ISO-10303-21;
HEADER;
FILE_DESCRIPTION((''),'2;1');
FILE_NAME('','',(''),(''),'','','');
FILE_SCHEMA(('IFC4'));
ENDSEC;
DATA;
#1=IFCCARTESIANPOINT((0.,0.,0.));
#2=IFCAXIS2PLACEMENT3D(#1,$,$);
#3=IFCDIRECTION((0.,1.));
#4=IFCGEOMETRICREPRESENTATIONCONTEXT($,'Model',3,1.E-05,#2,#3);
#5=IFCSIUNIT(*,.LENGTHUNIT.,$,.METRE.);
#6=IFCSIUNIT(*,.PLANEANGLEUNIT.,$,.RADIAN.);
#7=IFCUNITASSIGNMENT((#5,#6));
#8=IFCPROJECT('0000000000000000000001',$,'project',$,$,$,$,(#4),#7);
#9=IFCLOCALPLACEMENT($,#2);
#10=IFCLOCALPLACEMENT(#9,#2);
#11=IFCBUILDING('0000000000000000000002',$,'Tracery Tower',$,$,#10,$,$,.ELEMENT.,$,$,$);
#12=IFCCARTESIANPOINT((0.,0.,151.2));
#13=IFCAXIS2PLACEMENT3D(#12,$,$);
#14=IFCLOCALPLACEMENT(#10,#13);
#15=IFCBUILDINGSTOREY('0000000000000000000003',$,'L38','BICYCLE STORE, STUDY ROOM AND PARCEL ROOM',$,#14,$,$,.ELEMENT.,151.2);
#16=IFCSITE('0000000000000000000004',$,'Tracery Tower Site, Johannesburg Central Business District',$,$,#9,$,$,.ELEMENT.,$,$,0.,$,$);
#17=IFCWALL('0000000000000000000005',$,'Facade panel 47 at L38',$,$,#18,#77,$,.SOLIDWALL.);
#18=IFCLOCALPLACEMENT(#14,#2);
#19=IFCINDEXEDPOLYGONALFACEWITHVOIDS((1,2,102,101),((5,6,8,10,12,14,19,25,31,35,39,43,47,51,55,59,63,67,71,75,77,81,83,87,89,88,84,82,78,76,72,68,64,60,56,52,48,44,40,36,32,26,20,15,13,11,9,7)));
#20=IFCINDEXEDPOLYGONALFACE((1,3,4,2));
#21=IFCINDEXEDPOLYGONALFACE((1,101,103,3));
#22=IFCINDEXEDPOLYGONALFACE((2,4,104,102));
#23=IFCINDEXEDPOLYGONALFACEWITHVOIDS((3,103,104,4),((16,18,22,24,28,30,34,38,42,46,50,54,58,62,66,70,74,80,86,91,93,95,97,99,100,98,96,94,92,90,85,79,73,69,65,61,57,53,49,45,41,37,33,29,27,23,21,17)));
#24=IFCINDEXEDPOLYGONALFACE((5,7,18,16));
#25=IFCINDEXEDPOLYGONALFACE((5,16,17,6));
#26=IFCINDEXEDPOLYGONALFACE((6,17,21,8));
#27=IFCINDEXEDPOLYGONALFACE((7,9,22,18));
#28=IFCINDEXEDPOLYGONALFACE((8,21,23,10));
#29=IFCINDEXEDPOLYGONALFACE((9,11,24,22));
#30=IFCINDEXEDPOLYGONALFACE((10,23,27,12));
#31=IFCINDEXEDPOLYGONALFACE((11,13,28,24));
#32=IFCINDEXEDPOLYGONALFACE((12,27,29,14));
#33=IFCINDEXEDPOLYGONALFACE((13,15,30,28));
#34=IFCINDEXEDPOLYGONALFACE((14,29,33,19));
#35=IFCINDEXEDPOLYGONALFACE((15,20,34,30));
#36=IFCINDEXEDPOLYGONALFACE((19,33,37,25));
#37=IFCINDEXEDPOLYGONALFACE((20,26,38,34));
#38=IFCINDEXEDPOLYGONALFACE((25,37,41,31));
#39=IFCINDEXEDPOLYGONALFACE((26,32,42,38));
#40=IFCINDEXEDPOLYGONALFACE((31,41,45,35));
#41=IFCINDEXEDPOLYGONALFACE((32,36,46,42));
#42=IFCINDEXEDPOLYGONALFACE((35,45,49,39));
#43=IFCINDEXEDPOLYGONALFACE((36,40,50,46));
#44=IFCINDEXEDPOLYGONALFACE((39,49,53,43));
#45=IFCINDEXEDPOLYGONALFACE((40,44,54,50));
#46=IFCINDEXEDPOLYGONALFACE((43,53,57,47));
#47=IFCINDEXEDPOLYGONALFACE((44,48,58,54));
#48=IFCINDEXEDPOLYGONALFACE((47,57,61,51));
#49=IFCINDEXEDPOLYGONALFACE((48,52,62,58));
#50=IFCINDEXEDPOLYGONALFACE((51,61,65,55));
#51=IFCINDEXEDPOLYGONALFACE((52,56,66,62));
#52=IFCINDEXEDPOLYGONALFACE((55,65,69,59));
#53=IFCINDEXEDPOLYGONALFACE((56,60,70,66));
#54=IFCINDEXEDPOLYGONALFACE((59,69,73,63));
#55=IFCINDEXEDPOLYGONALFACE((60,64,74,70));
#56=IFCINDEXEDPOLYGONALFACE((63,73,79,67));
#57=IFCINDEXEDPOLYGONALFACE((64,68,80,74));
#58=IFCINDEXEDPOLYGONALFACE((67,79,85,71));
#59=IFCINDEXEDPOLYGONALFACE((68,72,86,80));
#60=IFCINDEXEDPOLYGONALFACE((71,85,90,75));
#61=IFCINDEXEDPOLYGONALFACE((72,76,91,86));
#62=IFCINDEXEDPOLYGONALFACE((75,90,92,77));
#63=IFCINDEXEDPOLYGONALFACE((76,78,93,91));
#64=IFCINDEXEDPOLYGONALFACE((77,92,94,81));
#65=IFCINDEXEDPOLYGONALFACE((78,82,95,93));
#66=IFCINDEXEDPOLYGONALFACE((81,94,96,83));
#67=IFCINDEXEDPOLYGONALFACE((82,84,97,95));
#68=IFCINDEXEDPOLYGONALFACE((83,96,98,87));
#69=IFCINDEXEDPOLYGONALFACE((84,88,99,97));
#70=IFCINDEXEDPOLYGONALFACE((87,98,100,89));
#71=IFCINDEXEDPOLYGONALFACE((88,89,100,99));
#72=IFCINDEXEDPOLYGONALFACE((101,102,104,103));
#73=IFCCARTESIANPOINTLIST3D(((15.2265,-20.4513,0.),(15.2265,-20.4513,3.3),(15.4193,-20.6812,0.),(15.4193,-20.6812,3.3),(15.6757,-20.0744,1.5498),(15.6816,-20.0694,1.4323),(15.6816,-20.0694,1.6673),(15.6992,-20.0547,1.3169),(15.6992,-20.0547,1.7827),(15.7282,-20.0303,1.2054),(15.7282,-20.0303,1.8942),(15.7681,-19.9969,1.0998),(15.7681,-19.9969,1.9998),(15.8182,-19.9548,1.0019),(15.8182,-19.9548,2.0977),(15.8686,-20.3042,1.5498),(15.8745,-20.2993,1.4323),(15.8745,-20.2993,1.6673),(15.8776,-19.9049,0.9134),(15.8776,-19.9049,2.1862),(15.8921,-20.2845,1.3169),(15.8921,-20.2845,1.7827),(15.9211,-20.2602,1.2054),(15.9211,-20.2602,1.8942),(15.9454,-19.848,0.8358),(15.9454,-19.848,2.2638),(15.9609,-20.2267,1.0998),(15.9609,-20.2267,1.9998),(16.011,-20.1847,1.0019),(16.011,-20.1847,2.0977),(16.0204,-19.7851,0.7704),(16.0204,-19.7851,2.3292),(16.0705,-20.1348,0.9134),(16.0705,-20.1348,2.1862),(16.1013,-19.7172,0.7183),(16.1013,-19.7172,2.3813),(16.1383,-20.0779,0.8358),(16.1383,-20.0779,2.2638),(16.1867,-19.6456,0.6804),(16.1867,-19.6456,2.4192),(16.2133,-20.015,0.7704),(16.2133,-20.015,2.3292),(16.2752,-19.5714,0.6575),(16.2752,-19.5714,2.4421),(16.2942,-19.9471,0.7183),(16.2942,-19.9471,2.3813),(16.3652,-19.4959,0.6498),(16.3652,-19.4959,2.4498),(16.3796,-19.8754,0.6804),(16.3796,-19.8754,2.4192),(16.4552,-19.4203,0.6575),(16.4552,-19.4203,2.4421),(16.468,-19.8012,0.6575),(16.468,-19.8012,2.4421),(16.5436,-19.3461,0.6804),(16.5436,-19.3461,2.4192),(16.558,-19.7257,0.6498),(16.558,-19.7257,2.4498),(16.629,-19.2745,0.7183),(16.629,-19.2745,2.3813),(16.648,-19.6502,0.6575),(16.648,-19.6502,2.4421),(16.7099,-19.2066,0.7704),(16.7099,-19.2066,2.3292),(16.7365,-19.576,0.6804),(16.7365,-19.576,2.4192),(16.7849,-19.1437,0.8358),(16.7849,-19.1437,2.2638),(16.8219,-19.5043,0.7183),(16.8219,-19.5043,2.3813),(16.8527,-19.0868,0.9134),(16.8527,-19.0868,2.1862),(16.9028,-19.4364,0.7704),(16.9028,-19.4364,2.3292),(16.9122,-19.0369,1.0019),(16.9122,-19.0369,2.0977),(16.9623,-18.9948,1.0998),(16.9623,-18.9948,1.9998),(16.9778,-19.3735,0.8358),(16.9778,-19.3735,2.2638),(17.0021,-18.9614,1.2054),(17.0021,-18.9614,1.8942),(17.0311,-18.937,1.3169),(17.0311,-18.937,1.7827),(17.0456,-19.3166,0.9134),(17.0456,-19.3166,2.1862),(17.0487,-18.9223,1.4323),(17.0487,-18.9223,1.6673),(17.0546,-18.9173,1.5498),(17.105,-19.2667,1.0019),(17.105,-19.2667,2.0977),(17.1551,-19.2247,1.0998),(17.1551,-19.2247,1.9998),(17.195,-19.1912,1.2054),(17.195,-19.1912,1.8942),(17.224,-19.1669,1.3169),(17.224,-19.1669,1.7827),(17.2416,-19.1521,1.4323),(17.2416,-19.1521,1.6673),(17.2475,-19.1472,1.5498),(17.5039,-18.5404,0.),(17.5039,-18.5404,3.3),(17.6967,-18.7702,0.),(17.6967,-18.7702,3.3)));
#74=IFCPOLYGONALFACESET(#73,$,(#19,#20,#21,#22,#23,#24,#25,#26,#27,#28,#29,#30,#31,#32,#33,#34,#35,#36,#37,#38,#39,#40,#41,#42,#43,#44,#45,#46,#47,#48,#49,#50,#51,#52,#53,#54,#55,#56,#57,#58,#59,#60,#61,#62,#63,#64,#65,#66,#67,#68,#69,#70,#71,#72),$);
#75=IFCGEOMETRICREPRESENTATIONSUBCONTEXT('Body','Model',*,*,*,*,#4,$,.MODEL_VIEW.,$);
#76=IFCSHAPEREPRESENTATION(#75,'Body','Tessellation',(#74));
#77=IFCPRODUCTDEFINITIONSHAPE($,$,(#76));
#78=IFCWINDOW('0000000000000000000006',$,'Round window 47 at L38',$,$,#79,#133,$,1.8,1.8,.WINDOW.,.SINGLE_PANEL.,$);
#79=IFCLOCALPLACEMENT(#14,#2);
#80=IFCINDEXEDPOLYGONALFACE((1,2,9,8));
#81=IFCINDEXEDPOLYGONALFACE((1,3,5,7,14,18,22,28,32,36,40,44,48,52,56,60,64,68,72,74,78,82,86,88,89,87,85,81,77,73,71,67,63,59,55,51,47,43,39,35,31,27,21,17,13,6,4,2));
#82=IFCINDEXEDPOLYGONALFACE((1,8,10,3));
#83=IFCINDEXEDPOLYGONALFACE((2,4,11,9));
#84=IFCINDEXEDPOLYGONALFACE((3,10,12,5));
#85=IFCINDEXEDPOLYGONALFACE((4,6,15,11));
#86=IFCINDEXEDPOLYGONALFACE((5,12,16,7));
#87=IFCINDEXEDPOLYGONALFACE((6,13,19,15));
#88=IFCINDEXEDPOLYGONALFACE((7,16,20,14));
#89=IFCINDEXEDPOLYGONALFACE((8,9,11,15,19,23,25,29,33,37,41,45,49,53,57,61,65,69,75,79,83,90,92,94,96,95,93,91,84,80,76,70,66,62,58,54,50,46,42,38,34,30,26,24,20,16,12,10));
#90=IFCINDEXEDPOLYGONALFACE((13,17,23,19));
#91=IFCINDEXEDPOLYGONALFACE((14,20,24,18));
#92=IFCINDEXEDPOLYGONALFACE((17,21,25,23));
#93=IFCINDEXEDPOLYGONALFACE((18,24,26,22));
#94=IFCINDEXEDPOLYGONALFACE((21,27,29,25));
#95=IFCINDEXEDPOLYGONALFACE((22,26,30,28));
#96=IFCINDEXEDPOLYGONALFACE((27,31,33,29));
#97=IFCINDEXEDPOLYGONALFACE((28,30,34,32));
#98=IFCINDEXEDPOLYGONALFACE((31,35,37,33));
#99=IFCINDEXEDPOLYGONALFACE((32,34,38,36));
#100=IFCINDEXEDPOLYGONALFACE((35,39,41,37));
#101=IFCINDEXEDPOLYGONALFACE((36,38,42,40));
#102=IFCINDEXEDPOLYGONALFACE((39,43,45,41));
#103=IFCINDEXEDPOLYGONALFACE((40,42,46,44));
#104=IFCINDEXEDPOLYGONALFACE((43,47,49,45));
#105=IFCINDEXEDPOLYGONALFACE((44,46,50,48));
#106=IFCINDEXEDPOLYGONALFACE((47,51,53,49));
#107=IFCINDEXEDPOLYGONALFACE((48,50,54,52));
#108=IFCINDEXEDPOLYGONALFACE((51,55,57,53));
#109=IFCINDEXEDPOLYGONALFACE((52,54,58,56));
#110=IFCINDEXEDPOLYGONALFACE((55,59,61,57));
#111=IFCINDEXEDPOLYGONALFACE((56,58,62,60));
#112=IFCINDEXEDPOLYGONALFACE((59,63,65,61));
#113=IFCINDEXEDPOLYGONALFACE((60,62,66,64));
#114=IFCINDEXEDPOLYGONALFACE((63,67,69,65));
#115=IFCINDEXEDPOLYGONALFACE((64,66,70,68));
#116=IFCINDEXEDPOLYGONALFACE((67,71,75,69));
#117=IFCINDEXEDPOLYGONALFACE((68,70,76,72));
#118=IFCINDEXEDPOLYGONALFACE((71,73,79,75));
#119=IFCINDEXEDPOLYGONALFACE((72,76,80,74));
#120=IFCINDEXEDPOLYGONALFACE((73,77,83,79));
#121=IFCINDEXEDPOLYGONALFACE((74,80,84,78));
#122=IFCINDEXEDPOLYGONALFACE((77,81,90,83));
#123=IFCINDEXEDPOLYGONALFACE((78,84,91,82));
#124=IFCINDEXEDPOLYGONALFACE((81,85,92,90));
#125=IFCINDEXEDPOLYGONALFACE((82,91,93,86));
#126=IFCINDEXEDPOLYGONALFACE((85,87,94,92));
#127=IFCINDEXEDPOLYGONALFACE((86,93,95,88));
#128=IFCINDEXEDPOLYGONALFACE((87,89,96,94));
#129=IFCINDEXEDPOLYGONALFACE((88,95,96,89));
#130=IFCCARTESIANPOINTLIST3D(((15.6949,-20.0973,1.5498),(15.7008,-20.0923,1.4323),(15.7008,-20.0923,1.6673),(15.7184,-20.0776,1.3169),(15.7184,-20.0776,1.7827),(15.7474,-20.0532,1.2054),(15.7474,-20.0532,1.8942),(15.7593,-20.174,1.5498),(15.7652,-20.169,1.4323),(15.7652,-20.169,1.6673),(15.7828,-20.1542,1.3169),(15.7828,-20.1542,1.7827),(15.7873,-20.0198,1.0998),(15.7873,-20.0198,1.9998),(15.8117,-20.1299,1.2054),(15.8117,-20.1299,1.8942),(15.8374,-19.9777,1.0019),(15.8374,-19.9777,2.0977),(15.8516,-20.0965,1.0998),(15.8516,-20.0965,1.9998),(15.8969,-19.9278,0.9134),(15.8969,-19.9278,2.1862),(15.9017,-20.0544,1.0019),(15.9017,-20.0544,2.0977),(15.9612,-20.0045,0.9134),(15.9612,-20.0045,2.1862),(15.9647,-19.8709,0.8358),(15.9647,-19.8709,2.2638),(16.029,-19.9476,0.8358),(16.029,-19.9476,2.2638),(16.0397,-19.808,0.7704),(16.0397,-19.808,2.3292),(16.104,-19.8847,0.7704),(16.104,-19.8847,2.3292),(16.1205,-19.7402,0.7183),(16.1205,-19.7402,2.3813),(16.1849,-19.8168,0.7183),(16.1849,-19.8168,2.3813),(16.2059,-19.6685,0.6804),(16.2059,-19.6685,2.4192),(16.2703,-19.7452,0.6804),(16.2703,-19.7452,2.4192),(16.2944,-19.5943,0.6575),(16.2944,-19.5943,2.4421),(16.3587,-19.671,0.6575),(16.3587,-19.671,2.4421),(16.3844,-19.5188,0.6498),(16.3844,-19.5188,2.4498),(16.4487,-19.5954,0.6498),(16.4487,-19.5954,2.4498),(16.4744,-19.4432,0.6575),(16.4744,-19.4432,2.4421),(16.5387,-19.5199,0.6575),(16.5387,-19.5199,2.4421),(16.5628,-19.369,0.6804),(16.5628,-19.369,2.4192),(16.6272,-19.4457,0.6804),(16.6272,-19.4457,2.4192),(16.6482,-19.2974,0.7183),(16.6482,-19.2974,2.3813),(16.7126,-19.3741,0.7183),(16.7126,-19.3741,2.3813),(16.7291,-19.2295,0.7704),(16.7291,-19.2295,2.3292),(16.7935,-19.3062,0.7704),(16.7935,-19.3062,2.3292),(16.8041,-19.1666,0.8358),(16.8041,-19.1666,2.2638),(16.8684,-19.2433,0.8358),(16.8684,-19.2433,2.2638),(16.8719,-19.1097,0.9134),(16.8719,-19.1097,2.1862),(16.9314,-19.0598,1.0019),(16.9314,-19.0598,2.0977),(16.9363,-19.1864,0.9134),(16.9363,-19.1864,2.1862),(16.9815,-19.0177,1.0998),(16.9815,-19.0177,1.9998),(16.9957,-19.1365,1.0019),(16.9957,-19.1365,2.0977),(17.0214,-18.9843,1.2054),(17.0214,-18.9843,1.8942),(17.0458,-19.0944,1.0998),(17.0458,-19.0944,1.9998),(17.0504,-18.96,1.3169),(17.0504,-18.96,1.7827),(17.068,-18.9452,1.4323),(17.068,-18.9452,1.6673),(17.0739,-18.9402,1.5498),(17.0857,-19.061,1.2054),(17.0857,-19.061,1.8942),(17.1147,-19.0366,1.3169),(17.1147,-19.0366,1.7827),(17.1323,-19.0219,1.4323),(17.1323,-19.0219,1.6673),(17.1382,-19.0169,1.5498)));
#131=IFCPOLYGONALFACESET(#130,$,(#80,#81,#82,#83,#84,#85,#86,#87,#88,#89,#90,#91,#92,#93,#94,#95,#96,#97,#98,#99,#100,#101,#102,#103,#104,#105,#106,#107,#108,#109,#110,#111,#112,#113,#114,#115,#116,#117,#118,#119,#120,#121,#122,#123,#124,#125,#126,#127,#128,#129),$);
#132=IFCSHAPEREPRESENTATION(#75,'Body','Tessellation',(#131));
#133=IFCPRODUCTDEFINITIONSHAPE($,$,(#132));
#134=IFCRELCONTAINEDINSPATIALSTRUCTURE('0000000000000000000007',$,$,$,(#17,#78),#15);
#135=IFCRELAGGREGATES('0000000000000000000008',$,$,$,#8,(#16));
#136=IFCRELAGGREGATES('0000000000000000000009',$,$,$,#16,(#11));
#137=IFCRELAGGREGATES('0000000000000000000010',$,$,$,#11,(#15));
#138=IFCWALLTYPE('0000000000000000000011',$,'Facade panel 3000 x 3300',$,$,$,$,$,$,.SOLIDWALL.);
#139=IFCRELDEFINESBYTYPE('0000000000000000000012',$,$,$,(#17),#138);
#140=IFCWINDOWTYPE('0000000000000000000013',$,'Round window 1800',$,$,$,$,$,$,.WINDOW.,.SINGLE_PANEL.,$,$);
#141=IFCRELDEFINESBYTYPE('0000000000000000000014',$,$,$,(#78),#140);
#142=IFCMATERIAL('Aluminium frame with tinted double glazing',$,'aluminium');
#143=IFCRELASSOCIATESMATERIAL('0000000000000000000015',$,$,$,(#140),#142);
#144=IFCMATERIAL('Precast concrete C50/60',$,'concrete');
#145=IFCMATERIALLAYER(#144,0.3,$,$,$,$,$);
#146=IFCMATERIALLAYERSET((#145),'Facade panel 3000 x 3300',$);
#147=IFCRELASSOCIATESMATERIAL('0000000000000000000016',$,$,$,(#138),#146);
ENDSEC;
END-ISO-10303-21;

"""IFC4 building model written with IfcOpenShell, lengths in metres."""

from ifc_helpers import new_model, si_unit, direction, frame, frame_2d, origin, origin_2d, place, context, subcontext, project, spatial, rectangle, circle, extrude, material, layer, layer_set, type_object, element, fill, save


model = new_model("IFC4")

# Units and contexts
model_context = context("Model", 3, precision=1e-05, world=origin(), true_north=direction((0.0, 1.0)))
body_context = subcontext(model_context, "Body", "Model", "MODEL_VIEW")
ifc_project = project(units=[si_unit("LENGTHUNIT", "METRE"), si_unit("PLANEANGLEUNIT", "RADIAN")], contexts=[model_context])

# Site, building, storey
site_placement = place(None, origin())
site = spatial("IfcSite", under=ifc_project, at=site_placement, Name="Tracery Tower Site, Johannesburg Central Business District", CompositionType="ELEMENT", RefElevation=0.0)
building_placement = place(site_placement, origin())
building = spatial("IfcBuilding", under=site, at=building_placement, Name="Tracery Tower", CompositionType="ELEMENT")
storey_placement = place(building_placement, frame((0.0, 0.0, 151.2)))
storey = spatial("IfcBuildingStorey", under=building, at=storey_placement, Name="L38", Description="BICYCLE STORE, STUDY ROOM AND PARCEL ROOM", CompositionType="ELEMENT", Elevation=151.2)

# Wall, opening, window
ifc_material_1 = material(Name="Aluminium frame with tinted double glazing", Category="aluminium")
window_type = type_object("IfcWindowType", Name="Round window 1800", PartitioningType="SINGLE_PANEL", PredefinedType="WINDOW", material=ifc_material_1)
ifc_material_2 = material(Name="Precast concrete C50/60", Category="concrete")
ifc_layer_1 = layer(ifc_material_2, 0.3)
ifc_layer_set_1 = layer_set([ifc_layer_1], Name="Facade panel 3000 x 3300")
wall_type_1 = type_object("IfcWallType", Name="Facade panel 3000 x 3300", PredefinedType="SOLIDWALL", material=ifc_layer_set_1)
wall_1_placement = place(storey_placement, frame((15.323, -20.5662, 0.0), z_axis=(0.0, 0.0, 1.0), x_axis=(0.766049, 0.642782, 0.0)))
wall_1 = element("IfcWall", 1, at=wall_1_placement, inside=storey, type_object=wall_type_1, Name="Facade panel 47 at L38", PredefinedType="SOLIDWALL", context=body_context, shape_type="SweptSolid", body=[
    extrude(rectangle(XDim=2.9729, YDim=0.3, at=frame_2d((1.4863, 0.0))), origin(), (0.0, 0.0, 1.0), 3.3),
])
opening_1_placement = place(wall_1_placement, frame((1.4863, 0.0, 1.5498)))
opening_1 = element("IfcOpeningElement", 2, at=opening_1_placement, cuts=wall_1, PredefinedType="OPENING", context=body_context, shape_type="SweptSolid", body=[
    extrude(circle(Radius=0.9, at=origin_2d()), frame((0.0, 0.1599, 0.0), z_axis=(0.0, -1.0, 0.0), x_axis=(1.0, 0.0, 0.0)), (0.0, 0.0, 1.0), 0.3201),
])
window_1_placement = place(opening_1_placement, origin())
window_1 = element("IfcWindow", 3, at=window_1_placement, inside=storey, type_object=window_type, Name="Round window 47 at L38", OverallHeight=1.8, OverallWidth=1.8, PartitioningType="SINGLE_PANEL", PredefinedType="WINDOW", context=body_context, shape_type="SweptSolid", body=[
    extrude(circle(Radius=0.9, at=origin_2d()), frame((0.0, 0.1201, 0.0), z_axis=(0.0, -1.0, 0.0), x_axis=(1.0, 0.0, 0.0)), (0.0, 0.0, 1.0), 0.1001),
])
fill(opening_1, window_1)

save(model, "model.ifc")
